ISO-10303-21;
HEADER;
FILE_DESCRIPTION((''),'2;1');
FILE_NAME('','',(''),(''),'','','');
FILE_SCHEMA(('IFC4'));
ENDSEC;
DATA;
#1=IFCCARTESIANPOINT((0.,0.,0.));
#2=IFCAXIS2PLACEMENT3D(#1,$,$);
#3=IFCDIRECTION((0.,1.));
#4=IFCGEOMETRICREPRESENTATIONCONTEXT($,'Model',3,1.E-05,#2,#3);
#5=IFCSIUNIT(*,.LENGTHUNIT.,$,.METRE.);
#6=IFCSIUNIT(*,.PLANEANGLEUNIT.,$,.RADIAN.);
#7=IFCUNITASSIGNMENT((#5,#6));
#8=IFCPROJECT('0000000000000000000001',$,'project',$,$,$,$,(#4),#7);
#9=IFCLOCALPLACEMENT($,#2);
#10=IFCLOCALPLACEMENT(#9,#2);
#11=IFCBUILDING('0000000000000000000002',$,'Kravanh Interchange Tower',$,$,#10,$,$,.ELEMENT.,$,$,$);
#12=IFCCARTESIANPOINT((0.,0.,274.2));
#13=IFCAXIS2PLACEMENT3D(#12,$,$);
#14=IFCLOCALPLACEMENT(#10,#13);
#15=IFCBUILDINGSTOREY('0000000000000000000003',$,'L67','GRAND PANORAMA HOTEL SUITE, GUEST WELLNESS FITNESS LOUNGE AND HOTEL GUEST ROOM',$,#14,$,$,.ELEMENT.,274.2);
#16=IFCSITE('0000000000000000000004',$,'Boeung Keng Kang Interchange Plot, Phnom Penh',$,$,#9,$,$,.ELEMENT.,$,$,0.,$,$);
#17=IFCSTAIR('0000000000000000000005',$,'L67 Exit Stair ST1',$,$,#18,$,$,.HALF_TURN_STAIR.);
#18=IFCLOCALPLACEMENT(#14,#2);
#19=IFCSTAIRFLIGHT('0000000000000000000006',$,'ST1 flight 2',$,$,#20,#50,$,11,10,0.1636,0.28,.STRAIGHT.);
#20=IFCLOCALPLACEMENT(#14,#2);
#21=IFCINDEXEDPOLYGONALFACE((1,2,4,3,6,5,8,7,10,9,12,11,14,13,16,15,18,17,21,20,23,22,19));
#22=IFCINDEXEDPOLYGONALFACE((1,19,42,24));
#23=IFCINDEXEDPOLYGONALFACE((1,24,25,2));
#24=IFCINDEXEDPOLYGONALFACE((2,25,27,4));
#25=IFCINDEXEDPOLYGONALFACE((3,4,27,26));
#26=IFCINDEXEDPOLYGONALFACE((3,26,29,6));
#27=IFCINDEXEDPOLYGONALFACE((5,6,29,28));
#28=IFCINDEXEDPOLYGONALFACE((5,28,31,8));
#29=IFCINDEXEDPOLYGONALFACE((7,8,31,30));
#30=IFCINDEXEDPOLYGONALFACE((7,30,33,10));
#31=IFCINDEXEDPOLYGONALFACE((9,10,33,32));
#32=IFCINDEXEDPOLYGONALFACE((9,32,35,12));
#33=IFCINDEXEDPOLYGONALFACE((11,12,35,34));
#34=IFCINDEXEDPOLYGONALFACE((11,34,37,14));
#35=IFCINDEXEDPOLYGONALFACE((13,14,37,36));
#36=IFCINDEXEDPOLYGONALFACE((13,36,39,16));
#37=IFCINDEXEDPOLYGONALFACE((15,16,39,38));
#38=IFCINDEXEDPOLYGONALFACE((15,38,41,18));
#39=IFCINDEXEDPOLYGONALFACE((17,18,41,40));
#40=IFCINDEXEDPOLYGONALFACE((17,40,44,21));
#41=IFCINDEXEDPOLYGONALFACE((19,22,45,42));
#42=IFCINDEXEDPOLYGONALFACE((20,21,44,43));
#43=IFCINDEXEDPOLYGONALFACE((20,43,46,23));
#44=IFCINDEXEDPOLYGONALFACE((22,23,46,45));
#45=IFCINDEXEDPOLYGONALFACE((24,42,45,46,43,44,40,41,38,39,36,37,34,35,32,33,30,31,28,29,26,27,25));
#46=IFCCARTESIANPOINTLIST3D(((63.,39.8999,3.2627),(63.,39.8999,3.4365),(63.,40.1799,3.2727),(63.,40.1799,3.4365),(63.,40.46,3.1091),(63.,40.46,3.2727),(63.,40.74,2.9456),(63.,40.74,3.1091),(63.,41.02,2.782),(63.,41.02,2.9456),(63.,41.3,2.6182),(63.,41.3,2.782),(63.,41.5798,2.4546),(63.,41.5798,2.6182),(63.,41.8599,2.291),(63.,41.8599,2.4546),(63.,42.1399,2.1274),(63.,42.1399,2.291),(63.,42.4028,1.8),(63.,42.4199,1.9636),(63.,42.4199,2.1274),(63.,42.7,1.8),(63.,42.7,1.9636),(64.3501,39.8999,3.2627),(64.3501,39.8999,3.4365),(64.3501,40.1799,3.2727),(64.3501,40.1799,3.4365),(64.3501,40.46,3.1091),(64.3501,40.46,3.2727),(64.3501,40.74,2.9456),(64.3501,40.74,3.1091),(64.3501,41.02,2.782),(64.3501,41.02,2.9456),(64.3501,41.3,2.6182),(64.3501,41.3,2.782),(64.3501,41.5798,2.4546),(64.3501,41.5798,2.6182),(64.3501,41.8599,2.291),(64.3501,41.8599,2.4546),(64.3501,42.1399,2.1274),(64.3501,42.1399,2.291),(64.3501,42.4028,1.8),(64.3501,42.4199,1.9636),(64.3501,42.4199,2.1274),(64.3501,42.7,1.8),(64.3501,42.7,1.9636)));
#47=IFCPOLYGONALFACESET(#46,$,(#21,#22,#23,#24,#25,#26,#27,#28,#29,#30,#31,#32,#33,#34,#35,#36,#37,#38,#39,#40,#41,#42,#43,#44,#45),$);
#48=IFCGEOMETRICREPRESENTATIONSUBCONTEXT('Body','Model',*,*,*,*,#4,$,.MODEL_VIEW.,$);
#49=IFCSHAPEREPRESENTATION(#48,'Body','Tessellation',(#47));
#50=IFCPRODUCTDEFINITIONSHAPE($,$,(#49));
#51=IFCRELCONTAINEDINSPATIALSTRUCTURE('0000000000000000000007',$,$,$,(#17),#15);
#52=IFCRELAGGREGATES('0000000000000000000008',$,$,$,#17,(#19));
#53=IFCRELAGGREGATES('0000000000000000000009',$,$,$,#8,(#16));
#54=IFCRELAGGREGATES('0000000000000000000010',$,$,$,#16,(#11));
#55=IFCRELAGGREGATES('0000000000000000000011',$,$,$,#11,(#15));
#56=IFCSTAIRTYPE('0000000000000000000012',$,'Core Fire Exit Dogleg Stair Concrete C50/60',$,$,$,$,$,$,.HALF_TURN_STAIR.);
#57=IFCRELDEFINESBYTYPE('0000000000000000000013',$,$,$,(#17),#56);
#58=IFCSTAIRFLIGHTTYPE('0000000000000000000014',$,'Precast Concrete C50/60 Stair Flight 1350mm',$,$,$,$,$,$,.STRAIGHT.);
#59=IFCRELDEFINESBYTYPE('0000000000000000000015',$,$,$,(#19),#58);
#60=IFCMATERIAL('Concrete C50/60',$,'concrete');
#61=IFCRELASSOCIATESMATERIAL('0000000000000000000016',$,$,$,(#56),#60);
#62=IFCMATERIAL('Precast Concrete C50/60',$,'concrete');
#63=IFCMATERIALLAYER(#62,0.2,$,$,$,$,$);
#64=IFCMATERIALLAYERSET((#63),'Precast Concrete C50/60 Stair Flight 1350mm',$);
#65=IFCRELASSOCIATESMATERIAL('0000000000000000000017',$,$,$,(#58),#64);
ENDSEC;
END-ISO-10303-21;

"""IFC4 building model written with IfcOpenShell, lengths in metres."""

from ifc_helpers import new_model, si_unit, direction, frame, origin, place, context, subcontext, project, spatial, polyline, outline, extrude, material, layer, layer_set, type_object, element, aggregate, save


model = new_model("IFC4")

# Units and contexts
model_context = context("Model", 3, precision=1e-05, world=origin(), true_north=direction((0.0, 1.0)))
body_context = subcontext(model_context, "Body", "Model", "MODEL_VIEW")
ifc_project = project(units=[si_unit("LENGTHUNIT", "METRE"), si_unit("PLANEANGLEUNIT", "RADIAN")], contexts=[model_context])

# Site, building, storey
site_placement = place(None, origin())
site = spatial("IfcSite", under=ifc_project, at=site_placement, Name="Boeung Keng Kang Interchange Plot, Phnom Penh", CompositionType="ELEMENT", RefElevation=0.0)
building_placement = place(site_placement, origin())
building = spatial("IfcBuilding", under=site, at=building_placement, Name="Kravanh Interchange Tower", CompositionType="ELEMENT")
storey_placement = place(building_placement, frame((0.0, 0.0, 274.2)))
storey = spatial("IfcBuildingStorey", under=building, at=storey_placement, Name="L67", Description="GRAND PANORAMA HOTEL SUITE, GUEST WELLNESS FITNESS LOUNGE AND HOTEL GUEST ROOM", CompositionType="ELEMENT", Elevation=274.2)

# Stair, stair flight
ifc_material_1 = material(Name="Concrete C50/60", Category="concrete")
stair_type = type_object("IfcStairType", Name="Core Fire Exit Dogleg Stair Concrete C50/60", PredefinedType="HALF_TURN_STAIR", material=ifc_material_1)
stair_placement = place(storey_placement, origin())
stair = element("IfcStair", 1, at=stair_placement, inside=storey, type_object=stair_type, Name="L67 Exit Stair ST1", PredefinedType="HALF_TURN_STAIR")
ifc_material_2 = material(Name="Precast Concrete C50/60", Category="concrete")
ifc_layer_1 = layer(ifc_material_2, 0.2)
ifc_layer_set_1 = layer_set([ifc_layer_1], Name="Precast Concrete C50/60 Stair Flight 1350mm")
stair_flight_type = type_object("IfcStairFlightType", Name="Precast Concrete C50/60 Stair Flight 1350mm", PredefinedType="STRAIGHT", material=ifc_layer_set_1)
stair_flight_1_placement = place(storey_placement, frame((63.675, 42.7, 1.8), z_axis=(0.0, 0.0, 1.0), x_axis=(0.0, -1.0, 0.0)))
stair_flight_1 = element("IfcStairFlight", 2, at=stair_flight_1_placement, type_object=stair_flight_type, Name="ST1 flight 2", NumberOfRisers=11, NumberOfTreads=10, PredefinedType="STRAIGHT", RiserHeight=0.1636, TreadLength=0.28, context=body_context, shape_type="SweptSolid", body=[
    extrude(outline(polyline([(0.0, 0.0), (0.0, 0.1636), (0.28, 0.1636), (0.28, 0.3274), (0.5601, 0.3274), (0.5601, 0.491), (0.8401, 0.491), (0.8401, 0.6545), (1.1201, 0.6545), (1.1201, 0.8181), (1.3999, 0.8181), (1.3999, 0.9819), (1.6799, 0.9819), (1.6799, 1.1455), (1.96, 1.1455), (1.96, 1.3091), (2.24, 1.3091), (2.24, 1.4727), (2.52, 1.4727), (2.52, 1.6365), (2.8, 1.6365), (2.8, 1.8), (2.8, 1.4626), (0.2971, 0.0), (0.0, 0.0)])), frame((0.0, 0.675, 0.0), z_axis=(0.0, -1.0, 0.0), x_axis=(1.0, 0.0, 0.0)), (0.0, 0.0, 1.0), 1.3501),
])
aggregate(stair, [stair_flight_1])

save(model, "model.ifc")
